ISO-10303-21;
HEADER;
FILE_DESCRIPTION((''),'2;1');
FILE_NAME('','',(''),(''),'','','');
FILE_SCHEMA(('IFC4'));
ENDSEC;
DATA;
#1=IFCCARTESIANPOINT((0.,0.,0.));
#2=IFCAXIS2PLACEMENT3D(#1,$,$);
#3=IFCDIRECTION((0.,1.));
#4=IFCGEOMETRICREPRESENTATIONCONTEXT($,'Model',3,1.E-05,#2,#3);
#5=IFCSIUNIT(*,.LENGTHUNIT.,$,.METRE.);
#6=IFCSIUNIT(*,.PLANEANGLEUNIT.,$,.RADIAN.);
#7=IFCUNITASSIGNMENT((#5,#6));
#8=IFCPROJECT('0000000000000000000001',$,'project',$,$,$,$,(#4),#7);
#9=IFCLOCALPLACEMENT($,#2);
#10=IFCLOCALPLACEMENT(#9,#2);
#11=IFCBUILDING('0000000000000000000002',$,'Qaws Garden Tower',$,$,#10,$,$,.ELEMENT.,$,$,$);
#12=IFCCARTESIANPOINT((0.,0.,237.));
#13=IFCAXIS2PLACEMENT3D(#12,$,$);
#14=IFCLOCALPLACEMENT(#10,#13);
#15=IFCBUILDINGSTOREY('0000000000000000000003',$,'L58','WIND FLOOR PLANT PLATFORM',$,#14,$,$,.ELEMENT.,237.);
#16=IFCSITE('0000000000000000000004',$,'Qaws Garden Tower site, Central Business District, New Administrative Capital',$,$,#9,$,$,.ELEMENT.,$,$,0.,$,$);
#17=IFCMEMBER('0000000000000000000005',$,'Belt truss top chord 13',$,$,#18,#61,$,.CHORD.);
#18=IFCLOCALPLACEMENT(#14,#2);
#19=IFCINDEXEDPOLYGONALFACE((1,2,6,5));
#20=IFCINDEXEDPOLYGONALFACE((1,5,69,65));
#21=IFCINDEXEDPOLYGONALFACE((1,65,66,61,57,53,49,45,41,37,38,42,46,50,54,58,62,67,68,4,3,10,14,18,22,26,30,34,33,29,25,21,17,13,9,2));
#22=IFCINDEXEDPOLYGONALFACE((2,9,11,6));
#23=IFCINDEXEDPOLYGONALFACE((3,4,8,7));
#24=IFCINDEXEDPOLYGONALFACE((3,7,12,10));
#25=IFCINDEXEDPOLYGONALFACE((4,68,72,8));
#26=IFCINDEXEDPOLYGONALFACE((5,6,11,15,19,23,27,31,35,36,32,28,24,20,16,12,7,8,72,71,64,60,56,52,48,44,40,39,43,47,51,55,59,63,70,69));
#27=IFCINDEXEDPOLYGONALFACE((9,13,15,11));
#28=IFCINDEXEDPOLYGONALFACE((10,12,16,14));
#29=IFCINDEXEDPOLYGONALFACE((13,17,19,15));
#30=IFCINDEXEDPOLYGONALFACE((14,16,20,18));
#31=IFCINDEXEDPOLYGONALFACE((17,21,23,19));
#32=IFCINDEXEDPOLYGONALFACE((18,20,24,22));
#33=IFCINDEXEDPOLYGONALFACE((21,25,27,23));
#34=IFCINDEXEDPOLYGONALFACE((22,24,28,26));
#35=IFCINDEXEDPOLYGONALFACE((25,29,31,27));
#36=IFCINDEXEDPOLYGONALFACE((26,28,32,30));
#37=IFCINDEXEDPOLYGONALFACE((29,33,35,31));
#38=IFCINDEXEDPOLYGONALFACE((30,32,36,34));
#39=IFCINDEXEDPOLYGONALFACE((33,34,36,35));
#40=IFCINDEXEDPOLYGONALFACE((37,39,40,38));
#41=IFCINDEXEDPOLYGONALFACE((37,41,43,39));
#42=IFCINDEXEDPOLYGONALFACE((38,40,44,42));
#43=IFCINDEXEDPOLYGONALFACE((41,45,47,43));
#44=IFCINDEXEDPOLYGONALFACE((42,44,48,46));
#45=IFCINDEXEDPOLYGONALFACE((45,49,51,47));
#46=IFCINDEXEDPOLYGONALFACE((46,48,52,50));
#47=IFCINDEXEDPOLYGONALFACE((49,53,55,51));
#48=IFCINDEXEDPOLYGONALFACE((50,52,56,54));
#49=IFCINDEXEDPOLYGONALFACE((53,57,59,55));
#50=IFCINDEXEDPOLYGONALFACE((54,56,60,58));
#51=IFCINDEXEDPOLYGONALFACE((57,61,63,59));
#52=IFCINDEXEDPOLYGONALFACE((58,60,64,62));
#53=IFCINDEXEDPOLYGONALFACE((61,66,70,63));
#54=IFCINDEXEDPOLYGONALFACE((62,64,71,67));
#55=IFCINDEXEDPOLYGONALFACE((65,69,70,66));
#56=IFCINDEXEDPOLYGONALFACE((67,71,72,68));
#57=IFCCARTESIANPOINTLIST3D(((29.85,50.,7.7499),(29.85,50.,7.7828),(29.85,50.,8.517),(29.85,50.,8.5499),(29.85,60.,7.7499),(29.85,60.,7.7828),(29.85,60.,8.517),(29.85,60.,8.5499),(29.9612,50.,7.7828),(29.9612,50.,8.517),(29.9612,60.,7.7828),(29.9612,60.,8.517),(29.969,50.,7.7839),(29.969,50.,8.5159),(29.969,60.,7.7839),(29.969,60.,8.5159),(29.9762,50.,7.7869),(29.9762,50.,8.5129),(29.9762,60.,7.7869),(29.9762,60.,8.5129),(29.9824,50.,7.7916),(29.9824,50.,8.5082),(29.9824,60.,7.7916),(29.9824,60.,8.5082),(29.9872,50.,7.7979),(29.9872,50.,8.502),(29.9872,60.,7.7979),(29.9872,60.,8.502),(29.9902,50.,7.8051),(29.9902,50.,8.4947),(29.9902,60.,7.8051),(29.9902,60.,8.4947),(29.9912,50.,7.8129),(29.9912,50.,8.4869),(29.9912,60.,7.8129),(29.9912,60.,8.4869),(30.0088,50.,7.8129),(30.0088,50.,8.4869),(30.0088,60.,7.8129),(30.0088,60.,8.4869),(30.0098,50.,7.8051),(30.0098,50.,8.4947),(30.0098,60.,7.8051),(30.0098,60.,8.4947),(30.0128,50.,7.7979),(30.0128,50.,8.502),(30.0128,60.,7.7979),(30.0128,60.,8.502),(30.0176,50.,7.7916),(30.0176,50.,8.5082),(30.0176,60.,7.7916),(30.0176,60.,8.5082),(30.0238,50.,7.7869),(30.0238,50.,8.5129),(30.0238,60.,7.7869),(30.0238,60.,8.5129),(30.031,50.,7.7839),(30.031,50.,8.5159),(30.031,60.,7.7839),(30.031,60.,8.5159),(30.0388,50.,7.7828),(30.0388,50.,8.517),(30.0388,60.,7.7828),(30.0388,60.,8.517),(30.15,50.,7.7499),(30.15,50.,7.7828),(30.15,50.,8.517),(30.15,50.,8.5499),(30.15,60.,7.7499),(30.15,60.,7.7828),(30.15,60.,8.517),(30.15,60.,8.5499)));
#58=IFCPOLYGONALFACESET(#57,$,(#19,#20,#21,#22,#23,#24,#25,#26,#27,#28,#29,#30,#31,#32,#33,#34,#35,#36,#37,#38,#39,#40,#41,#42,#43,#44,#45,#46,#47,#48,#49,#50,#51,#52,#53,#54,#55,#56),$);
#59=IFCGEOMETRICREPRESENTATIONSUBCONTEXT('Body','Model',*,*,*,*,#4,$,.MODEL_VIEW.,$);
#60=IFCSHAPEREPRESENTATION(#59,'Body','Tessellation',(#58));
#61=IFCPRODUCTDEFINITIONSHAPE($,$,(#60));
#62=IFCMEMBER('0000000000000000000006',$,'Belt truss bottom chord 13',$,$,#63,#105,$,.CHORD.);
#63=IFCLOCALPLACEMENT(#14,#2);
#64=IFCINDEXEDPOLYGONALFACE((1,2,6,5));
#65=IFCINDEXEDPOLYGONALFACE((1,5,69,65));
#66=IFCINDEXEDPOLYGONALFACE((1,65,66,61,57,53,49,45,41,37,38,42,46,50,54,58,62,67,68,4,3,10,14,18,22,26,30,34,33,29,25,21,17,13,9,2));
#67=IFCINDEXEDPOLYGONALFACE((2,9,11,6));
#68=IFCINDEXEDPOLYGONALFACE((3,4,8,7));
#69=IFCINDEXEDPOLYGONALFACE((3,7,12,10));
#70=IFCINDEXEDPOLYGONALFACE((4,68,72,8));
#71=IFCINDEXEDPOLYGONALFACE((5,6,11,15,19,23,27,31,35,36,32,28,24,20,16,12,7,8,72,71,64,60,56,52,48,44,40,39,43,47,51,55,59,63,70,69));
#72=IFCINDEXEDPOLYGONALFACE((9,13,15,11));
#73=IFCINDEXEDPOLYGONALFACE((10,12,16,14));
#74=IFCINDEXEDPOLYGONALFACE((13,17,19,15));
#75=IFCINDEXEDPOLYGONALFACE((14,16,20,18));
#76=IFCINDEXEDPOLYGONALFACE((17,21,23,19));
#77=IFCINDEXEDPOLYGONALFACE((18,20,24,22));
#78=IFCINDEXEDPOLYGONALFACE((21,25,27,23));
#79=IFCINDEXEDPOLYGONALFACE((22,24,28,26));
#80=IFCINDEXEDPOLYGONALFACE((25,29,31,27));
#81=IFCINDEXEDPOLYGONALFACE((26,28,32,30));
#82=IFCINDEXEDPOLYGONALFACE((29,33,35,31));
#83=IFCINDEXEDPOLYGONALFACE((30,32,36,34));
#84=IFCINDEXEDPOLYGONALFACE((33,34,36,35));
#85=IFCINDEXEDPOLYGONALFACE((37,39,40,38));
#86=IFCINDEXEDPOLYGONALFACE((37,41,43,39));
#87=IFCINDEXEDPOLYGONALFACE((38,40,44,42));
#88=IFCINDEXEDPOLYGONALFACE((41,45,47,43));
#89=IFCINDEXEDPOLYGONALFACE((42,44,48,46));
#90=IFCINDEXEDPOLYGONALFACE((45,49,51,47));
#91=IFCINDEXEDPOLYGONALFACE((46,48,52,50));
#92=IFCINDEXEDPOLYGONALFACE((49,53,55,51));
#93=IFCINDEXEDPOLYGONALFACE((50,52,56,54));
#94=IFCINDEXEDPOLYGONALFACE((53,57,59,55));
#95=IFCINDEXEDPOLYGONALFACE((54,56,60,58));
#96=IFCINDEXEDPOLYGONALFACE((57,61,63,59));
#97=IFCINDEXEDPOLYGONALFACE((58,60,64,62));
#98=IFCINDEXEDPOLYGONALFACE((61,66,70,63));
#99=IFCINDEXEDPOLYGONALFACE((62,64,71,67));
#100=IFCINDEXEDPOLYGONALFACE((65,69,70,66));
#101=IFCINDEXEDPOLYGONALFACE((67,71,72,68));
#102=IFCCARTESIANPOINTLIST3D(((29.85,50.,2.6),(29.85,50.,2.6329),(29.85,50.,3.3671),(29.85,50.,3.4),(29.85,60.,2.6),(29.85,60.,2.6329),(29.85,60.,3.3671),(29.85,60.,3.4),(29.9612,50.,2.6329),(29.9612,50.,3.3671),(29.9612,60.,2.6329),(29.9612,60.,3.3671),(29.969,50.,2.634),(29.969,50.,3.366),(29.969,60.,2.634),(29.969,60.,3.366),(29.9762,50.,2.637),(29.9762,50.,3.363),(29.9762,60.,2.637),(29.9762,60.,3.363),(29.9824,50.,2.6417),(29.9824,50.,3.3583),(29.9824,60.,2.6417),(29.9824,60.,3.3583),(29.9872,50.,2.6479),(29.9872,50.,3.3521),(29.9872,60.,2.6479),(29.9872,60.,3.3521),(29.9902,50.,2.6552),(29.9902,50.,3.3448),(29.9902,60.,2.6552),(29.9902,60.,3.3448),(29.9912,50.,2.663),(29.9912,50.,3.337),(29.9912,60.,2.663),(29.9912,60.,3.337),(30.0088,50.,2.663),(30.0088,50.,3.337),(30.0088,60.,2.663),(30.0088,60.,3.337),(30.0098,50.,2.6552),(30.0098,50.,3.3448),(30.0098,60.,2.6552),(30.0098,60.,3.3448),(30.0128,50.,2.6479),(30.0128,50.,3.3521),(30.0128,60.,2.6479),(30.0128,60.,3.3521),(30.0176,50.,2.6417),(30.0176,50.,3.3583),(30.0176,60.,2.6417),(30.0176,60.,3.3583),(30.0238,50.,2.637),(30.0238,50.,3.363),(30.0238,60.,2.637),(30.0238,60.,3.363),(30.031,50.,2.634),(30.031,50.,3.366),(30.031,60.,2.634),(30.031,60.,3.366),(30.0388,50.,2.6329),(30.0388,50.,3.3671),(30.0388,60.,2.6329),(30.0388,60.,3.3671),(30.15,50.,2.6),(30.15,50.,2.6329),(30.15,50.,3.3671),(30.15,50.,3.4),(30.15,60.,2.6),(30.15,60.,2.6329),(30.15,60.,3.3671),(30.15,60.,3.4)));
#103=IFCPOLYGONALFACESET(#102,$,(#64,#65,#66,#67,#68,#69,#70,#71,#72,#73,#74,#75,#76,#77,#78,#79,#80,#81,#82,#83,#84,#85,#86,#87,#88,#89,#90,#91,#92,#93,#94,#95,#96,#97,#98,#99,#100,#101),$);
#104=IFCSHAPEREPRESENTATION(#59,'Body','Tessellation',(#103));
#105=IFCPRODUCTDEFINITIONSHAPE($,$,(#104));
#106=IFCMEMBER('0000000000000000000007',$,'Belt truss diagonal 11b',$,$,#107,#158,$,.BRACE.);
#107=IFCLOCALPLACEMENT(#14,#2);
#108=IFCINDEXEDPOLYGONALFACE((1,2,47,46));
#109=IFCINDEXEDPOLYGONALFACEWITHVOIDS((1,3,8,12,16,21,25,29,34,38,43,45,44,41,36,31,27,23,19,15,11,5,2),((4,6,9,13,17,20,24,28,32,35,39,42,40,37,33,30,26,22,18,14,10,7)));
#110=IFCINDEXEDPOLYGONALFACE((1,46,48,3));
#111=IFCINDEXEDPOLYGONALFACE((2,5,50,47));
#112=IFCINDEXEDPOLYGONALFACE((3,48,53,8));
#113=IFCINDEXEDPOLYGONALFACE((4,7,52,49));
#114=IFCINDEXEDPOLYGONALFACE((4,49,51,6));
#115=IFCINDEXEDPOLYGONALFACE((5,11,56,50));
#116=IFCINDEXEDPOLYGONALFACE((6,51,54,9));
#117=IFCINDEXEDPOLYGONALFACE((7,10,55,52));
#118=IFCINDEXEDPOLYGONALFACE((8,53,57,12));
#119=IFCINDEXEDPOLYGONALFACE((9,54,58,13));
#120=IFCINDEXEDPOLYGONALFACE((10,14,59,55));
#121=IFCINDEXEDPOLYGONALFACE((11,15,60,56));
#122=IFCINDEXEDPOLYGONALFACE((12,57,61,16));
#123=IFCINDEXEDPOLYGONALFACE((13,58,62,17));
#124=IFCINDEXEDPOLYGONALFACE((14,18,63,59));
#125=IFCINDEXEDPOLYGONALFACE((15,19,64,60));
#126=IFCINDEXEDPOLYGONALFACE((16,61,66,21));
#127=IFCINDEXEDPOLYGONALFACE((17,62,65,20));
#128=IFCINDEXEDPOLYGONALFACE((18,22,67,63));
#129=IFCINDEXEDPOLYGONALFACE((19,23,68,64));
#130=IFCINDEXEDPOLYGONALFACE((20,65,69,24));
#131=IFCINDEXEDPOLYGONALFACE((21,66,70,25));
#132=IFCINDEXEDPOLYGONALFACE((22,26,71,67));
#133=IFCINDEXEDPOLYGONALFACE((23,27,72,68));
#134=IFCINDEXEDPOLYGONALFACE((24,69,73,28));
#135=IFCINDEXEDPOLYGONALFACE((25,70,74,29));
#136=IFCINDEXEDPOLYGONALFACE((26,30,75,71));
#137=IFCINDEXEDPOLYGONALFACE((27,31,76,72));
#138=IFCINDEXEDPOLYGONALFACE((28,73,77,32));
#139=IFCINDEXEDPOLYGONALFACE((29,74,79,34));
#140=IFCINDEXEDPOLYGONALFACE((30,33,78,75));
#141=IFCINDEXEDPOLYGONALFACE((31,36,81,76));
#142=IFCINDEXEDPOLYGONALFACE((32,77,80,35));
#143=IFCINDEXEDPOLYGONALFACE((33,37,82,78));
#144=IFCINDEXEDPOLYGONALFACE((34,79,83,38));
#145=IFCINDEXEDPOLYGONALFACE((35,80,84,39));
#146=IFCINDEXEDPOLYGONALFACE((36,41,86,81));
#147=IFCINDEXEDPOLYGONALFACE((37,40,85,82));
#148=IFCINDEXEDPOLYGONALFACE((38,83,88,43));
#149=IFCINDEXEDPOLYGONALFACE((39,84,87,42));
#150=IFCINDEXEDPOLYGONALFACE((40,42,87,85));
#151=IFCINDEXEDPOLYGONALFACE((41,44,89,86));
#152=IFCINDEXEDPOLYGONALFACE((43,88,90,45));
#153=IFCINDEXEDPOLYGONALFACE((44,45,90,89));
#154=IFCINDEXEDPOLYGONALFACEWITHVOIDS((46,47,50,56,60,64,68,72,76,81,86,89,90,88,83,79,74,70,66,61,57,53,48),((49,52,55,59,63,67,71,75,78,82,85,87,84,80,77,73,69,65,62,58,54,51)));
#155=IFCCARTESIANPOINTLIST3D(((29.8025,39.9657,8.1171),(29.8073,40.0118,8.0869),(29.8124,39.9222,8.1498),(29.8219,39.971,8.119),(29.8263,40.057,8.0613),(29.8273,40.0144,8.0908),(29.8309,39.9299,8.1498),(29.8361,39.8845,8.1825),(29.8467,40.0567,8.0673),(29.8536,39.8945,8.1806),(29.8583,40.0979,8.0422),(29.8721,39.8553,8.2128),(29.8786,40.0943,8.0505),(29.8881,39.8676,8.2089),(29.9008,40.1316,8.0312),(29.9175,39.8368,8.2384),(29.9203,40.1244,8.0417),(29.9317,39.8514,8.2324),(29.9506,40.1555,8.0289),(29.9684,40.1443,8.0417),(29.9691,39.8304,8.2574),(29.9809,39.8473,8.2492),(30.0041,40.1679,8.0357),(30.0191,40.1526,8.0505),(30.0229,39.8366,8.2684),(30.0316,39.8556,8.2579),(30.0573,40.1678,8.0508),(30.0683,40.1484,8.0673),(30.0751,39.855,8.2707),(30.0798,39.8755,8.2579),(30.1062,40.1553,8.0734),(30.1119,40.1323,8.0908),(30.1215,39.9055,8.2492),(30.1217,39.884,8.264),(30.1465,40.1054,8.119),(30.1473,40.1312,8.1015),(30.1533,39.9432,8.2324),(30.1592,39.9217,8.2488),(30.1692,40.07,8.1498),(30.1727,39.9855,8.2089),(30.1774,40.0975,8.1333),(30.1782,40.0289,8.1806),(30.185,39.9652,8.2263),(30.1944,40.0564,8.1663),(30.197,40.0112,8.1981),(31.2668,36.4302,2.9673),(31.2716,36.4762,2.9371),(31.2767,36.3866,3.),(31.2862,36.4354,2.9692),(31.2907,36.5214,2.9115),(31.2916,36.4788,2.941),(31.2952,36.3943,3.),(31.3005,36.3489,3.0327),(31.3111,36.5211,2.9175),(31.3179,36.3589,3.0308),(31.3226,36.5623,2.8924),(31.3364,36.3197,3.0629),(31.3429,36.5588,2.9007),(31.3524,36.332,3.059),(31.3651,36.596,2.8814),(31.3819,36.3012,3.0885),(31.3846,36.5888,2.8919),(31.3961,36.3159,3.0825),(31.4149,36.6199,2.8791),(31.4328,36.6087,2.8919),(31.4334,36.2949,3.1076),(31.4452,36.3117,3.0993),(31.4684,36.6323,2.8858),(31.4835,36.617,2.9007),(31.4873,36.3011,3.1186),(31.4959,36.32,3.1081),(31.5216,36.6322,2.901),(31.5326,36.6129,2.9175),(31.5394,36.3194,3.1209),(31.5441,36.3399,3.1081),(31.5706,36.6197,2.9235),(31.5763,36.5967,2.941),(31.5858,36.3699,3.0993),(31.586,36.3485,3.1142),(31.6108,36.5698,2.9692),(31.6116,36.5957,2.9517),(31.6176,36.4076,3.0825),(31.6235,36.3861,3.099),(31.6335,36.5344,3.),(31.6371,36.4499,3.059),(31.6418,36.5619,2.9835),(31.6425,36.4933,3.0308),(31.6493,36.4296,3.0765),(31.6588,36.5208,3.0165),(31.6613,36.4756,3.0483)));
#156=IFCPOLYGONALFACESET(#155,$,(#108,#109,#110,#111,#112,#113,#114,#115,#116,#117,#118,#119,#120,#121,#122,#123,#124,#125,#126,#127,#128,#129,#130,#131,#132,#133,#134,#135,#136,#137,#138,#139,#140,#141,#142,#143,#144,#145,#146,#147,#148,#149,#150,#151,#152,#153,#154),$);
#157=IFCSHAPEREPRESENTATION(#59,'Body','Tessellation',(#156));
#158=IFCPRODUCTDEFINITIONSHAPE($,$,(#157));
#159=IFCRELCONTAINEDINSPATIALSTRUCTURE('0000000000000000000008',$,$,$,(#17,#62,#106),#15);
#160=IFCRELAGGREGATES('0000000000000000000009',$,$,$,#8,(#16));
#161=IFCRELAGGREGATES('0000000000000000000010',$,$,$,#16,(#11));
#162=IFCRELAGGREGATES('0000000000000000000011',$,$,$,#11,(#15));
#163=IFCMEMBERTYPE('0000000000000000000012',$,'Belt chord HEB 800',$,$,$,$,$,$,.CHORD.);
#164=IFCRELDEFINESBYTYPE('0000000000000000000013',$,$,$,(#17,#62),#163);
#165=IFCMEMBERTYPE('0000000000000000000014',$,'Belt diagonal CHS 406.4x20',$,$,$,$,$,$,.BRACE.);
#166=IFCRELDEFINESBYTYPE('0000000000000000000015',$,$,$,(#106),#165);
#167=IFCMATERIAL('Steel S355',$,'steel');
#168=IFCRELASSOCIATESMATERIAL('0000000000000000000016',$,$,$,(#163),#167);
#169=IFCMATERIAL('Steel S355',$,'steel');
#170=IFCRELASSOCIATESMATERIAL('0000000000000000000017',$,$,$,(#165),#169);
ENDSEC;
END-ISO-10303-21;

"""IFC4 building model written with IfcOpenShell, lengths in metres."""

from ifc_helpers import new_model, si_unit, direction, frame, origin, origin_2d, place, context, subcontext, project, spatial, hollow_circle, i_section, extrude, material, material_profile, profile_set, type_object, element, save


model = new_model("IFC4")

# Units and contexts
model_context = context("Model", 3, precision=1e-05, world=origin(), true_north=direction((0.0, 1.0)))
body_context = subcontext(model_context, "Body", "Model", "MODEL_VIEW")
ifc_project = project(units=[si_unit("LENGTHUNIT", "METRE"), si_unit("PLANEANGLEUNIT", "RADIAN")], contexts=[model_context])

# Site, building, storey
site_placement = place(None, origin())
site = spatial("IfcSite", under=ifc_project, at=site_placement, Name="Qaws Garden Tower site, Central Business District, New Administrative Capital", CompositionType="ELEMENT", RefElevation=0.0)
building_placement = place(site_placement, origin())
building = spatial("IfcBuilding", under=site, at=building_placement, Name="Qaws Garden Tower", CompositionType="ELEMENT")
storey_placement = place(building_placement, frame((0.0, 0.0, 237.0)))
storey = spatial("IfcBuildingStorey", under=building, at=storey_placement, Name="L58", Description="WIND FLOOR PLANT PLATFORM", CompositionType="ELEMENT", Elevation=237.0)

# Members
ifc_material_1 = material(Name="Steel S355", Category="steel")
ifc_material_profile_1 = material_profile(ifc_material_1, i_section(OverallWidth=0.3, OverallDepth=0.8, WebThickness=0.0176, FlangeThickness=0.033, FilletRadius=0.03, at=origin_2d()), Name="HEB 800")
ifc_profile_set_1 = profile_set([ifc_material_profile_1], Name="Steel S355")
member_type_1 = type_object("IfcMemberType", Name="Belt chord HEB 800", PredefinedType="CHORD", material=ifc_profile_set_1)
for number, where, z_axis, x_axis, name in (
    (1, (30.0, 50.0, 8.1499), (0.0, 1.0, 0.0), (-1.0, 0.0, 0.0), "Belt truss top chord 13"),
    (2, (30.0, 50.0, 3.0), (0.0, 1.0, 0.0), (-1.0, 0.0, 0.0), "Belt truss bottom chord 13"),
):
    element("IfcMember", number, at=place(storey_placement, frame(where, z_axis=z_axis, x_axis=x_axis)), inside=storey, type_object=member_type_1, Name=name, PredefinedType="CHORD", context=body_context, shape_type="SweptSolid", body=[
        extrude(i_section(OverallWidth=0.3, OverallDepth=0.8, WebThickness=0.0176, FlangeThickness=0.033, FilletRadius=0.03, at=origin_2d()), origin(), (0.0, 0.0, 1.0), 10.0),
    ])
ifc_material_2 = material(Name="Steel S355", Category="steel")
ifc_material_profile_2 = material_profile(ifc_material_2, hollow_circle(Radius=0.2031, WallThickness=0.02, at=origin_2d()), Name="CHS 406.4x20")
ifc_profile_set_2 = profile_set([ifc_material_profile_2], Name="Steel S355")
member_type_2 = type_object("IfcMemberType", Name="Belt diagonal CHS 406.4x20", PredefinedType="BRACE", material=ifc_profile_set_2)
member_1_placement = place(storey_placement, frame((31.4644, 36.4644, 3.0), z_axis=(-0.228231, 0.551056, 0.80265), x_axis=(-0.923894, -0.382649, 0.0)))
element("IfcMember", 3, at=member_1_placement, inside=storey, type_object=member_type_2, Name="Belt truss diagonal 11b", PredefinedType="BRACE", context=body_context, shape_type="SweptSolid", body=[
    extrude(hollow_circle(Radius=0.2031, WallThickness=0.02, at=origin_2d()), origin(), (0.0, 0.0, 1.0), 6.416),
])

save(model, "model.ifc")
